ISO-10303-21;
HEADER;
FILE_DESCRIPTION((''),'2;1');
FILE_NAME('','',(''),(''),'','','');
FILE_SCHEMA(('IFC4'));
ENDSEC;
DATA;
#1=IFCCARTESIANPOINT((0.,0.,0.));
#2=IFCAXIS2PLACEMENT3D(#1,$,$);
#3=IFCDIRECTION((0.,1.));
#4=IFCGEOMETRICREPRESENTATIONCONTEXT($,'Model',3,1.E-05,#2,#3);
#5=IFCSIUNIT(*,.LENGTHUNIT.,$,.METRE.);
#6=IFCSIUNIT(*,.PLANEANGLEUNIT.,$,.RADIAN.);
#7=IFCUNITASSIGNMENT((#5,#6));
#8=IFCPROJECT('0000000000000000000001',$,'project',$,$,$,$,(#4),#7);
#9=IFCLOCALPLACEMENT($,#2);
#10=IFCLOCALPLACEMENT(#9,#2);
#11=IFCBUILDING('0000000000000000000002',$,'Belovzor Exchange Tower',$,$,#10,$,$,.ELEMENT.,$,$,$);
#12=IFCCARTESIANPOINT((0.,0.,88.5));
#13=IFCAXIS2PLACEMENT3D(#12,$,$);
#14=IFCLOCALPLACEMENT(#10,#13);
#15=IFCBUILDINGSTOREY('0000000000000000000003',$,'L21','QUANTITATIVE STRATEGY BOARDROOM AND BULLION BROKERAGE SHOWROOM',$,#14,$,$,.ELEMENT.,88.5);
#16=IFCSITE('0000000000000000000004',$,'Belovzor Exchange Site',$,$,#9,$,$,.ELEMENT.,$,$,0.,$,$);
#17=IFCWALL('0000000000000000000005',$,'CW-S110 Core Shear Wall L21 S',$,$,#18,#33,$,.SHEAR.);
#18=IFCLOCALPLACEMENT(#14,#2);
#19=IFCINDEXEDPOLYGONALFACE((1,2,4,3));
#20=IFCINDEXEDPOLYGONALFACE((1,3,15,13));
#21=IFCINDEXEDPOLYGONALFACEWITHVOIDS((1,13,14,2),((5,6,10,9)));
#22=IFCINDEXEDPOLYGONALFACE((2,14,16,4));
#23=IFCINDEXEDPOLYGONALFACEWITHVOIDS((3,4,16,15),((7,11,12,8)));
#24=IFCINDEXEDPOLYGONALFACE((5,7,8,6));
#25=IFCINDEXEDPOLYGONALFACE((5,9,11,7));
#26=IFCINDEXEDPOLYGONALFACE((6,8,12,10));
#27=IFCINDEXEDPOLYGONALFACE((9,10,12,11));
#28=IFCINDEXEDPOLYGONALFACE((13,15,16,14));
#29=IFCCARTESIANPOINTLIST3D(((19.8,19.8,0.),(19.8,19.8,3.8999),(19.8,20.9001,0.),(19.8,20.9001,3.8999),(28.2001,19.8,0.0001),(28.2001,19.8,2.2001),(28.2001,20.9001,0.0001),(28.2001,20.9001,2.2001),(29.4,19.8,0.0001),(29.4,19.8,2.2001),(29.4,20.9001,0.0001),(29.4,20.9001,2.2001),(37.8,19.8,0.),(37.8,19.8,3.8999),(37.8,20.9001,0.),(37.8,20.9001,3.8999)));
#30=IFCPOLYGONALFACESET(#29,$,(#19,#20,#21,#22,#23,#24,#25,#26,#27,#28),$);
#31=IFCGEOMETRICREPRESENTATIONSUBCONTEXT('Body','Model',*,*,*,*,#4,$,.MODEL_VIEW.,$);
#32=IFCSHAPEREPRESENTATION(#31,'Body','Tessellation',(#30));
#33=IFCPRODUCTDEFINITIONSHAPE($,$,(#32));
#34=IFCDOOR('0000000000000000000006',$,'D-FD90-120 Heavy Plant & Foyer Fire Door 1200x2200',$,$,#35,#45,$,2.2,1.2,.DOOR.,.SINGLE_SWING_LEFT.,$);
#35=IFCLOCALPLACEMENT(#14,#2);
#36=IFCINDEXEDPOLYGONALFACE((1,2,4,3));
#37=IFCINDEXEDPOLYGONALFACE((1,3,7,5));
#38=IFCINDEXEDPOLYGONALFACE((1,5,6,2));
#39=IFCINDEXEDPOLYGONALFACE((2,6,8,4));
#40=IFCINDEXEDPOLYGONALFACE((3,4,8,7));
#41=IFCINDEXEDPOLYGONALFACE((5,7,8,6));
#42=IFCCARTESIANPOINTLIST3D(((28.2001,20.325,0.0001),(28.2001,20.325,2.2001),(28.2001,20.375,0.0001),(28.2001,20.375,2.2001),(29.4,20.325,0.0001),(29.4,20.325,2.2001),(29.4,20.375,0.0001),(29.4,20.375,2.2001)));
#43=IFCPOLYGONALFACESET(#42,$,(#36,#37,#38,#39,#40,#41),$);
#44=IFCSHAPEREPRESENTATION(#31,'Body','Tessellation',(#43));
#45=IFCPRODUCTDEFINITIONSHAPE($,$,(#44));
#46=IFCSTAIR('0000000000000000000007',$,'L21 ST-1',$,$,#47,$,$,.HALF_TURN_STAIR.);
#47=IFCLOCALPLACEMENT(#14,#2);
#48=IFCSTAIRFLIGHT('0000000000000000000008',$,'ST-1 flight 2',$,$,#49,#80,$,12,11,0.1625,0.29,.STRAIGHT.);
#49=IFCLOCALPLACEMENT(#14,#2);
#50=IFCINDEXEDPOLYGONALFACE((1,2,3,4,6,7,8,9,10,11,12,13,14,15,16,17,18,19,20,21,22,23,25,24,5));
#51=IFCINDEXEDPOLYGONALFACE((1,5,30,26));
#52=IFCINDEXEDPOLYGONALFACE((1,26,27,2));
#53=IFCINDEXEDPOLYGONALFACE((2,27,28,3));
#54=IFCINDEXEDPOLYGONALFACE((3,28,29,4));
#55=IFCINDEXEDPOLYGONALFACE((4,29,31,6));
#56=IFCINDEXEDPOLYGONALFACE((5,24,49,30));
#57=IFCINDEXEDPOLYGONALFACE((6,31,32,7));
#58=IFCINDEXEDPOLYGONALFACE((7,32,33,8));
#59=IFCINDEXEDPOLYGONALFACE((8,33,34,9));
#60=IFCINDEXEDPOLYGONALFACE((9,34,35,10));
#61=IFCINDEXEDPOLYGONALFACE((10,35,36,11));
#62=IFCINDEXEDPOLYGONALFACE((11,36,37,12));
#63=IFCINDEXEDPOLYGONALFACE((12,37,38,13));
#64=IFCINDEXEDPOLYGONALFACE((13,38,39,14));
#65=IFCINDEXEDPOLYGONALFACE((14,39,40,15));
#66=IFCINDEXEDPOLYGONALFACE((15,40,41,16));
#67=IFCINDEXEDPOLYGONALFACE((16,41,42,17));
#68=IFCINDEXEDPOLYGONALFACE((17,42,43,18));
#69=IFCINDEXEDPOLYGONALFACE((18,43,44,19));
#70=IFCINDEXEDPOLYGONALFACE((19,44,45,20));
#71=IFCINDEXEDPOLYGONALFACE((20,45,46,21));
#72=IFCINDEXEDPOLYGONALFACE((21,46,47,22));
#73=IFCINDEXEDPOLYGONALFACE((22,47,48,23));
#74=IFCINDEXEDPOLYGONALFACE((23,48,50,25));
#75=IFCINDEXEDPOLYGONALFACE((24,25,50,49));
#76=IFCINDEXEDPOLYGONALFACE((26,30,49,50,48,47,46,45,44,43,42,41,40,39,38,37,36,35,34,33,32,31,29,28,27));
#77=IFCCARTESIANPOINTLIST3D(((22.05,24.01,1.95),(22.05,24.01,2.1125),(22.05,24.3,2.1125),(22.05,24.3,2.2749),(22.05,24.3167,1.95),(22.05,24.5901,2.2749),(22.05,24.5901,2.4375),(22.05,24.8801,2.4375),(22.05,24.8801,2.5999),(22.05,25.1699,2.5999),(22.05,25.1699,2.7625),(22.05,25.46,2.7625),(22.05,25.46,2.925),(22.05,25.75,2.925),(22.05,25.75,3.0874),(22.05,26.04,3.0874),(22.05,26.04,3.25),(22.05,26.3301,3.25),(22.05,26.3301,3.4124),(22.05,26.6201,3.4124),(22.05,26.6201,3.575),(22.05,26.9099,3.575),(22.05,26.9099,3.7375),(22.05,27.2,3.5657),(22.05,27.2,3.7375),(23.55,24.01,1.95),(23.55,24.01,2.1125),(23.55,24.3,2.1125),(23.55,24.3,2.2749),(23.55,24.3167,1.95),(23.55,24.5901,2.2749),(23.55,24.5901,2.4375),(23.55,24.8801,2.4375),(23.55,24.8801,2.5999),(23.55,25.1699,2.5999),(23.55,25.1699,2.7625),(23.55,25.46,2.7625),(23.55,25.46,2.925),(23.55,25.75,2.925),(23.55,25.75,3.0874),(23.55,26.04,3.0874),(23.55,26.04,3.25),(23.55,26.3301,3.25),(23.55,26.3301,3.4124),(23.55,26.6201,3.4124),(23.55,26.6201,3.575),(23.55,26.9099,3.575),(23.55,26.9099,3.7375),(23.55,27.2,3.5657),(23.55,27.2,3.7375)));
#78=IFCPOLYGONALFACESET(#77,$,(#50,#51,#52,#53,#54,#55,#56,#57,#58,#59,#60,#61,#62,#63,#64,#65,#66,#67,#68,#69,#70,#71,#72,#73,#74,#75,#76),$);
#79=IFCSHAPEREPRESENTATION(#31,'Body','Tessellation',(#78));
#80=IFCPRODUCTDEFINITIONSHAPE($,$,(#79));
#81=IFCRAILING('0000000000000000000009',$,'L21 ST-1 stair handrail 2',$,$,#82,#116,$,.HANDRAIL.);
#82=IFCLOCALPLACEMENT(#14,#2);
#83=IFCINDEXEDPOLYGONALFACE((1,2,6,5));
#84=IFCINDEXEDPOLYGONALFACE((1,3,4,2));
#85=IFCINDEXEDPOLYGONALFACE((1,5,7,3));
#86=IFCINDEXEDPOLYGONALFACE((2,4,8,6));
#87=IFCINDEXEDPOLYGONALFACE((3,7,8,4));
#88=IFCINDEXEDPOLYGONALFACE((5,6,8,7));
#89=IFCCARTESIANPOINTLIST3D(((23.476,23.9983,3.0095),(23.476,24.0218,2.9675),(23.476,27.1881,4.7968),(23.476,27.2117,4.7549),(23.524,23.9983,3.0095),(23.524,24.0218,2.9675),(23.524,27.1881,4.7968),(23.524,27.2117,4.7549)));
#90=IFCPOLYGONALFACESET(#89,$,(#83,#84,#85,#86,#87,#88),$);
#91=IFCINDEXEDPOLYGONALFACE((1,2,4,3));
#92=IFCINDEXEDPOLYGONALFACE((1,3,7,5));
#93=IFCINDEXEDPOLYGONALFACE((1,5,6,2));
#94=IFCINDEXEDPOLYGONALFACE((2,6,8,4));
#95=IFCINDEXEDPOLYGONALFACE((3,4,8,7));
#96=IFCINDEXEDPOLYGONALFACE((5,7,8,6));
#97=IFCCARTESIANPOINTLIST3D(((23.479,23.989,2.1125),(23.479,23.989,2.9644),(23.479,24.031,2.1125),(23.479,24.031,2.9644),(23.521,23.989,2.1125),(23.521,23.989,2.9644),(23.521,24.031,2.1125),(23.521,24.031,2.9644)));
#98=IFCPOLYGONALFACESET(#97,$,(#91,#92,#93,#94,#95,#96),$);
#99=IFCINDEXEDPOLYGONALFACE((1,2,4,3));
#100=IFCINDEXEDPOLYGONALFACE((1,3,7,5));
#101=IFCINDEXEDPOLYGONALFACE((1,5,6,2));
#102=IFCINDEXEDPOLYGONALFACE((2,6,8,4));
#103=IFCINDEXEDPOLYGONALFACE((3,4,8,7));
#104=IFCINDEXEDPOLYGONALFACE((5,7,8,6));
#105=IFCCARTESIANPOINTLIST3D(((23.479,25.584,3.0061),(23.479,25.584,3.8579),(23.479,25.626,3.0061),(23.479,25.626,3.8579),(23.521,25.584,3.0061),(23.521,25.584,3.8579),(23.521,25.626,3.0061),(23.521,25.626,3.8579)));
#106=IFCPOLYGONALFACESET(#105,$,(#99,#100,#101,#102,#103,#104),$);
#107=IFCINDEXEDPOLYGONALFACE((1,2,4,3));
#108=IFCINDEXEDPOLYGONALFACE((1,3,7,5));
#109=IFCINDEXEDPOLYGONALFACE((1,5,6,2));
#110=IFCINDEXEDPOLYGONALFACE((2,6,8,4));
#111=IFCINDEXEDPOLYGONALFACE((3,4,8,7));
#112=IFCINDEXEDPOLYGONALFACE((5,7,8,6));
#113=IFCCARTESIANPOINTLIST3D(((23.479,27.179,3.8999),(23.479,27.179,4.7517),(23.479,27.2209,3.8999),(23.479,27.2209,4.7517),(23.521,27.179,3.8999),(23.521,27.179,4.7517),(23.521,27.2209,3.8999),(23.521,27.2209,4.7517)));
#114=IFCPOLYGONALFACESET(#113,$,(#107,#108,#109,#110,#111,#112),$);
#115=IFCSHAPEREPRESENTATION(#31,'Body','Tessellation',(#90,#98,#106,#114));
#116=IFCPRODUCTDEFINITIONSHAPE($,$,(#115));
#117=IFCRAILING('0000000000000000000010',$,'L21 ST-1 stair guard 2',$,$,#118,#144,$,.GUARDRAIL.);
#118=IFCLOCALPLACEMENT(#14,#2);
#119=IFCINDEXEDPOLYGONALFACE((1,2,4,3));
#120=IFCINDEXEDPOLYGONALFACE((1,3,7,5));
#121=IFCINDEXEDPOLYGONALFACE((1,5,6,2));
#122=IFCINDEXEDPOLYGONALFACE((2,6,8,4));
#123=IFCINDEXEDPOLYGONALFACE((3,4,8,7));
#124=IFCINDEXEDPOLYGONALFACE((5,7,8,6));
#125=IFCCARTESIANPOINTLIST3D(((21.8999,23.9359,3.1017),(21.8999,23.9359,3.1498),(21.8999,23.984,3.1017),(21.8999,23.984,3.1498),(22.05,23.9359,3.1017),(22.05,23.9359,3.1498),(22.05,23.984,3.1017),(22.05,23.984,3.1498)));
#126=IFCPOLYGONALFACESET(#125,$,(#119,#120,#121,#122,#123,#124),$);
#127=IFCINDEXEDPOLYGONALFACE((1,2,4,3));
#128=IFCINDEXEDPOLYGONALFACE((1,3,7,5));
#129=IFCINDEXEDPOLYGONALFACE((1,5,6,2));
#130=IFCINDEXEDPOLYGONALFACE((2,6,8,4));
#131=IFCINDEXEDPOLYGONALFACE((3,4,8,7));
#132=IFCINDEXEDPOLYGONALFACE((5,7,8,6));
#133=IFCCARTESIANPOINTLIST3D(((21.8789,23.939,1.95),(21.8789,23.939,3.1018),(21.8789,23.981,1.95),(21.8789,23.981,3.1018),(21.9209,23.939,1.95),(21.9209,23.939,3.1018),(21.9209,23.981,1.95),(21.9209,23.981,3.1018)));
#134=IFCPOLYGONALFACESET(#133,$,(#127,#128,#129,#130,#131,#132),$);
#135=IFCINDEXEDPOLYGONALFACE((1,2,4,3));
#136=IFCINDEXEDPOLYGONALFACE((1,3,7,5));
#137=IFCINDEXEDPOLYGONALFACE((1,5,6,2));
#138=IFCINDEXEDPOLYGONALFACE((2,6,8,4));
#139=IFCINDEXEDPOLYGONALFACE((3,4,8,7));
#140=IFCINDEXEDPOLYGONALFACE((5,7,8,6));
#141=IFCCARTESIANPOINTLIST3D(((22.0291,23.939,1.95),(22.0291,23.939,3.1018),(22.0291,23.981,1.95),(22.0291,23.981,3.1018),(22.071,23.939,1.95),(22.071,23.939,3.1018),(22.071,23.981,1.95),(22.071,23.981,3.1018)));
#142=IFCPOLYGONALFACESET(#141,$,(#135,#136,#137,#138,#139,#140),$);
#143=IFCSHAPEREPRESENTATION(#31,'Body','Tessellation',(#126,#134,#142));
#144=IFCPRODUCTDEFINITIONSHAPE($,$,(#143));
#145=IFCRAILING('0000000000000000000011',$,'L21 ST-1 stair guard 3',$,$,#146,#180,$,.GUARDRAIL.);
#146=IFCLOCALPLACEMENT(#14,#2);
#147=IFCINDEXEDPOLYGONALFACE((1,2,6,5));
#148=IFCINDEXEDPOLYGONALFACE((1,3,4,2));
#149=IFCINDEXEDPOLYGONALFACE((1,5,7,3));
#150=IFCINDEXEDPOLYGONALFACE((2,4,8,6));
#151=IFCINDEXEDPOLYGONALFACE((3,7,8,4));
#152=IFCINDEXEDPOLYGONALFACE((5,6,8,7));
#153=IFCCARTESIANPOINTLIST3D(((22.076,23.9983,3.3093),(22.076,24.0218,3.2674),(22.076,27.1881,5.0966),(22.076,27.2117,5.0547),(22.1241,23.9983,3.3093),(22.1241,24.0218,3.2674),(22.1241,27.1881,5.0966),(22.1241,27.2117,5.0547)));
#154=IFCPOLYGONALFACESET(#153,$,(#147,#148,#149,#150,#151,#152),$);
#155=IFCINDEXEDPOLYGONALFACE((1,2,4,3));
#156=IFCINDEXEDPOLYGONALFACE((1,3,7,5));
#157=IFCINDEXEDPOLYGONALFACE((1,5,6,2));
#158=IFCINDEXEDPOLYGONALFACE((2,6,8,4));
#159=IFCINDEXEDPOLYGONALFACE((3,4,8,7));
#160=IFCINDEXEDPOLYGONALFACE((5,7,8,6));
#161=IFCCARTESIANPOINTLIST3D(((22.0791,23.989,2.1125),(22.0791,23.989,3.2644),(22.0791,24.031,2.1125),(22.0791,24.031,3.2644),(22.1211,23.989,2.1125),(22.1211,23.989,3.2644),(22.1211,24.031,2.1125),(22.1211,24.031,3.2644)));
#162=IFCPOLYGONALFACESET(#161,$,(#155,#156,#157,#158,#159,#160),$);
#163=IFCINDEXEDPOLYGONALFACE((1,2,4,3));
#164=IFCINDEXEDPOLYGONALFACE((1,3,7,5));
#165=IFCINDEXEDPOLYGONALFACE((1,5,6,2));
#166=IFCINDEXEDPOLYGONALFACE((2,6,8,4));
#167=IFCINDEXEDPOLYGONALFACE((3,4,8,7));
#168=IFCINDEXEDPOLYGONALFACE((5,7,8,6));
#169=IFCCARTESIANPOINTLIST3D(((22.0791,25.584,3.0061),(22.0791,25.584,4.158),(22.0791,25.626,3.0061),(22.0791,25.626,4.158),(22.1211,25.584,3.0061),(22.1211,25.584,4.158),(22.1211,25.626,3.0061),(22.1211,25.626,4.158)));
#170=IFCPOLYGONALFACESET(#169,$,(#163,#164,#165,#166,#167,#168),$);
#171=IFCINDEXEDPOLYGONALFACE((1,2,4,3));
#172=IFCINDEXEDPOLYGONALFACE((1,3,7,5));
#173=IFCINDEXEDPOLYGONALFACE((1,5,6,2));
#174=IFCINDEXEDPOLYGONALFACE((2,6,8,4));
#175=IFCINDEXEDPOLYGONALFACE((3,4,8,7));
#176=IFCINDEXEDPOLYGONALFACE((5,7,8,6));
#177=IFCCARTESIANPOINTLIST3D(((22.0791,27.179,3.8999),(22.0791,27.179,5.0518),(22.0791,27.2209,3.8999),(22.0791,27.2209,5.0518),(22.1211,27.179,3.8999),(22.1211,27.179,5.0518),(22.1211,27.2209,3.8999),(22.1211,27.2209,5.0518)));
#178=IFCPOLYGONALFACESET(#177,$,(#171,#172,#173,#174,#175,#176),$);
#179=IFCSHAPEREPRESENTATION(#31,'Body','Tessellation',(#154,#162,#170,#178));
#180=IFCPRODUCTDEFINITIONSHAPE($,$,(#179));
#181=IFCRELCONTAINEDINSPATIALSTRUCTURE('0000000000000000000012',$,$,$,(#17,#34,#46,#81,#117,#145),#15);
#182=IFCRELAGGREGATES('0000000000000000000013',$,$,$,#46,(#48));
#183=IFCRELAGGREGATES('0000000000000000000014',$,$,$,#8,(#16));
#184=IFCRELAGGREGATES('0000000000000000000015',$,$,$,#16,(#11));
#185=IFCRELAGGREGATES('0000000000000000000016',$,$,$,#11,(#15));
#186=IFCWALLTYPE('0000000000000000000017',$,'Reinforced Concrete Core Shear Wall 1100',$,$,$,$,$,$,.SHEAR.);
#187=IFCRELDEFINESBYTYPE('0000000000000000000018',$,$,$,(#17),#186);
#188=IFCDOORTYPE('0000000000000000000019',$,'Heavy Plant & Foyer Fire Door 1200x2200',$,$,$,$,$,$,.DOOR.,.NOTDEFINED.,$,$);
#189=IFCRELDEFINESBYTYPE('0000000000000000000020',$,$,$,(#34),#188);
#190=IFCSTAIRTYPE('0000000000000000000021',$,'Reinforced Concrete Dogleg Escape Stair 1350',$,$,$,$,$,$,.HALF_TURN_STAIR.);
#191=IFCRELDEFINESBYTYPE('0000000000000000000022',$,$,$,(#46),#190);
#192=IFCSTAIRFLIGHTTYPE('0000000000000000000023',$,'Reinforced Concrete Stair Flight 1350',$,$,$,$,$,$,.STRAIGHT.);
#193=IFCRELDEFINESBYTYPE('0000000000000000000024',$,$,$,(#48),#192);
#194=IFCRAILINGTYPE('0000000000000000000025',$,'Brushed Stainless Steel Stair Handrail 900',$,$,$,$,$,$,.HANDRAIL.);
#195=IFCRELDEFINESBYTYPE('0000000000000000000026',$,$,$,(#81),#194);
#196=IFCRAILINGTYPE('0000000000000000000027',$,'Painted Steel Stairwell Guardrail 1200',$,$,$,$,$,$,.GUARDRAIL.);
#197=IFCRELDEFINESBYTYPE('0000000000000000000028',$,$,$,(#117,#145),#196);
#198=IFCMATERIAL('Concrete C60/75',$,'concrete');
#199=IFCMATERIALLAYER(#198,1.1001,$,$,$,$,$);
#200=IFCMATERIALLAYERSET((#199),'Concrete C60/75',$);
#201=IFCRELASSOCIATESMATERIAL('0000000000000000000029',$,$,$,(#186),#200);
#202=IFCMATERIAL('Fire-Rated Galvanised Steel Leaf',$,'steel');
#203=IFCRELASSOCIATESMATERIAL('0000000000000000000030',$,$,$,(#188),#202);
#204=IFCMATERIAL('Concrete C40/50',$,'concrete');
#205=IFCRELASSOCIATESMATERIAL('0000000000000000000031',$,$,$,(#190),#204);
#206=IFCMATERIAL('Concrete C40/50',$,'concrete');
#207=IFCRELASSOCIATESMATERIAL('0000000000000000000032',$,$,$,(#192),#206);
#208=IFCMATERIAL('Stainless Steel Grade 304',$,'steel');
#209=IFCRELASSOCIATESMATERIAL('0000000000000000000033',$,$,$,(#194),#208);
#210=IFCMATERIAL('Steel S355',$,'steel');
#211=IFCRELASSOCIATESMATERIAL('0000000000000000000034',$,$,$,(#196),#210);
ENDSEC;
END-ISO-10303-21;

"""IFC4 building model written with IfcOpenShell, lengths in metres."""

from ifc_helpers import new_model, si_unit, direction, frame, frame_2d, origin, origin_2d, place, context, subcontext, project, spatial, polyline, rectangle, outline, extrude, material, layer, layer_set, type_object, element, fill, aggregate, save


model = new_model("IFC4")

# Units and contexts
model_context = context("Model", 3, precision=1e-05, world=origin(), true_north=direction((0.0, 1.0)))
body_context = subcontext(model_context, "Body", "Model", "MODEL_VIEW")
ifc_project = project(units=[si_unit("LENGTHUNIT", "METRE"), si_unit("PLANEANGLEUNIT", "RADIAN")], contexts=[model_context])

# Site, building, storey
site_placement = place(None, origin())
site = spatial("IfcSite", under=ifc_project, at=site_placement, Name="Belovzor Exchange Site", CompositionType="ELEMENT", RefElevation=0.0)
building_placement = place(site_placement, origin())
building = spatial("IfcBuilding", under=site, at=building_placement, Name="Belovzor Exchange Tower", CompositionType="ELEMENT")
storey_placement = place(building_placement, frame((0.0, 0.0, 88.5)))
storey = spatial("IfcBuildingStorey", under=building, at=storey_placement, Name="L21", Description="QUANTITATIVE STRATEGY BOARDROOM AND BULLION BROKERAGE SHOWROOM", CompositionType="ELEMENT", Elevation=88.5)

# Wall, opening, door
ifc_material_1 = material(Name="Concrete C60/75", Category="concrete")
ifc_layer_1 = layer(ifc_material_1, 1.1001)
ifc_layer_set_1 = layer_set([ifc_layer_1], Name="Concrete C60/75")
wall_type_1 = type_object("IfcWallType", Name="Reinforced Concrete Core Shear Wall 1100", PredefinedType="SHEAR", material=ifc_layer_set_1)
wall_1_placement = place(storey_placement, frame((19.8, 20.3501, 0.0), z_axis=(0.0, 0.0, 1.0), x_axis=(1.0, 0.0, 0.0)))
wall_1 = element("IfcWall", 1, at=wall_1_placement, inside=storey, type_object=wall_type_1, Name="CW-S110 Core Shear Wall L21 S", PredefinedType="SHEAR", context=body_context, shape_type="SweptSolid", body=[
    extrude(rectangle(XDim=18.0, YDim=1.1001, at=frame_2d((9.0, 0.0))), origin(), (0.0, 0.0, 1.0), 3.8999),
])
opening_1_placement = place(wall_1_placement, frame((8.3999, 0.0, 0.0)))
opening_1 = element("IfcOpeningElement", 2, at=opening_1_placement, cuts=wall_1, PredefinedType="OPENING", context=body_context, shape_type="SweptSolid", body=[
    extrude(rectangle(XDim=1.2, YDim=2.2, at=frame_2d((0.6001, 1.1001))), frame((0.0, 0.5601, 0.0), z_axis=(0.0, -1.0, 0.0), x_axis=(1.0, 0.0, 0.0)), (0.0, 0.0, 1.0), 1.1201),
])
ifc_material_2 = material(Name="Fire-Rated Galvanised Steel Leaf", Category="steel")
door_type_1 = type_object("IfcDoorType", Name="Heavy Plant & Foyer Fire Door 1200x2200", OperationType="NOTDEFINED", PredefinedType="DOOR", material=ifc_material_2)
door_1_placement = place(opening_1_placement, origin())
door_1 = element("IfcDoor", 3, at=door_1_placement, inside=storey, type_object=door_type_1, Name="D-FD90-120 Heavy Plant & Foyer Fire Door 1200x2200", OperationType="SINGLE_SWING_LEFT", OverallHeight=2.2, OverallWidth=1.2, PredefinedType="DOOR", context=body_context, shape_type="SweptSolid", body=[
    extrude(rectangle(XDim=1.2, YDim=2.2, at=frame_2d((0.6001, 1.1001))), frame((0.0, 0.0249, 0.0), z_axis=(0.0, -1.0, 0.0), x_axis=(1.0, 0.0, 0.0)), (0.0, 0.0, 1.0), 0.05),
])
fill(opening_1, door_1)

# Stair, stair flight
ifc_material_3 = material(Name="Concrete C40/50", Category="concrete")
stair_type = type_object("IfcStairType", Name="Reinforced Concrete Dogleg Escape Stair 1350", PredefinedType="HALF_TURN_STAIR", material=ifc_material_3)
stair_placement = place(storey_placement, origin())
stair = element("IfcStair", 4, at=stair_placement, inside=storey, type_object=stair_type, Name="L21 ST-1", PredefinedType="HALF_TURN_STAIR")
ifc_material_4 = material(Name="Concrete C40/50", Category="concrete")
stair_flight_type = type_object("IfcStairFlightType", Name="Reinforced Concrete Stair Flight 1350", PredefinedType="STRAIGHT", material=ifc_material_4)
stair_flight_placement = place(storey_placement, frame((22.8, 24.01, 1.95), z_axis=(0.0, 0.0, 1.0), x_axis=(0.0, 1.0, 0.0)))
stair_flight = element("IfcStairFlight", 5, at=stair_flight_placement, type_object=stair_flight_type, Name="ST-1 flight 2", NumberOfRisers=12, NumberOfTreads=11, PredefinedType="STRAIGHT", RiserHeight=0.1625, TreadLength=0.29, context=body_context, shape_type="SweptSolid", body=[
    extrude(outline(polyline([(0.0, 0.0), (0.0, 0.1626), (0.29, 0.1626), (0.29, 0.325), (0.5801, 0.325), (0.5801, 0.4875), (0.8701, 0.4875), (0.8701, 0.6499), (1.1599, 0.6499), (1.1599, 0.8125), (1.45, 0.8125), (1.45, 0.9751), (1.74, 0.9751), (1.74, 1.1375), (2.03, 1.1375), (2.03, 1.3), (2.3201, 1.3), (2.3201, 1.4624), (2.6101, 1.4624), (2.6101, 1.625), (2.8999, 1.625), (2.8999, 1.7876), (3.1899, 1.7876), (3.1899, 1.95), (3.1899, 1.6157), (0.3066, 0.0), (0.0, 0.0)])), frame((0.0, 0.75, 0.0), z_axis=(0.0, -1.0, 0.0), x_axis=(1.0, 0.0, 0.0)), (0.0, 0.0, 1.0), 1.5),
])
aggregate(stair, [stair_flight])

# Railings
ifc_material_5 = material(Name="Stainless Steel Grade 304", Category="steel")
railing_type_1 = type_object("IfcRailingType", Name="Brushed Stainless Steel Stair Handrail 900", PredefinedType="HANDRAIL", material=ifc_material_5)
railing_1_placement = place(storey_placement, frame((23.5, 24.01, 2.1125)))
element("IfcRailing", 6, at=railing_1_placement, inside=storey, type_object=railing_type_1, Name="L21 ST-1 stair handrail 2", PredefinedType="HANDRAIL", context=body_context, shape_type="SweptSolid", body=[
    extrude(rectangle(XDim=0.0481, YDim=0.0481, at=origin_2d()), frame((0.0, 0.0, 0.876), z_axis=(0.0, 0.872391, 0.488809), x_axis=(-1.0, 0.0, 0.0)), (0.0, 0.0, 1.0), 3.6565),
    extrude(rectangle(XDim=0.042, YDim=0.042, at=origin_2d()), origin(), (0.0, 0.0, 1.0), 0.8518),
    extrude(rectangle(XDim=0.042, YDim=0.042, at=origin_2d()), frame((0.0, 1.595, 0.8936)), (0.0, 0.0, 1.0), 0.8518),
    extrude(rectangle(XDim=0.042, YDim=0.042, at=origin_2d()), frame((0.0, 3.1899, 1.7874)), (0.0, 0.0, 1.0), 0.8518),
])
ifc_material_6 = material(Name="Steel S355", Category="steel")
railing_type_2 = type_object("IfcRailingType", Name="Painted Steel Stairwell Guardrail 1200", PredefinedType="GUARDRAIL", material=ifc_material_6)
railing_2_placement = place(storey_placement, frame((21.8999, 23.96, 1.95)))
element("IfcRailing", 7, at=railing_2_placement, inside=storey, type_object=railing_type_2, Name="L21 ST-1 stair guard 2", PredefinedType="GUARDRAIL", context=body_context, shape_type="SweptSolid", body=[
    extrude(rectangle(XDim=0.0481, YDim=0.0481, at=origin_2d()), frame((0.0, 0.0, 1.1758), z_axis=(1.0, 0.0, 0.0), x_axis=(0.0, 1.0, 0.0)), (0.0, 0.0, 1.0), 0.1501),
    extrude(rectangle(XDim=0.042, YDim=0.042, at=origin_2d()), origin(), (0.0, 0.0, 1.0), 1.1519),
    extrude(rectangle(XDim=0.042, YDim=0.042, at=origin_2d()), frame((0.1501, 0.0, 0.0)), (0.0, 0.0, 1.0), 1.1519),
])
railing_3_placement = place(storey_placement, frame((22.1001, 24.01, 2.1125)))
element("IfcRailing", 8, at=railing_3_placement, inside=storey, type_object=railing_type_2, Name="L21 ST-1 stair guard 3", PredefinedType="GUARDRAIL", context=body_context, shape_type="SweptSolid", body=[
    extrude(rectangle(XDim=0.0481, YDim=0.0481, at=origin_2d()), frame((0.0, 0.0, 1.1758), z_axis=(0.0, 0.872391, 0.488809), x_axis=(-1.0, 0.0, 0.0)), (0.0, 0.0, 1.0), 3.6565),
    extrude(rectangle(XDim=0.042, YDim=0.042, at=origin_2d()), origin(), (0.0, 0.0, 1.0), 1.1519),
    extrude(rectangle(XDim=0.042, YDim=0.042, at=origin_2d()), frame((0.0, 1.595, 0.8936)), (0.0, 0.0, 1.0), 1.1519),
    extrude(rectangle(XDim=0.042, YDim=0.042, at=origin_2d()), frame((0.0, 3.1899, 1.7874)), (0.0, 0.0, 1.0), 1.1519),
])

save(model, "model.ifc")
